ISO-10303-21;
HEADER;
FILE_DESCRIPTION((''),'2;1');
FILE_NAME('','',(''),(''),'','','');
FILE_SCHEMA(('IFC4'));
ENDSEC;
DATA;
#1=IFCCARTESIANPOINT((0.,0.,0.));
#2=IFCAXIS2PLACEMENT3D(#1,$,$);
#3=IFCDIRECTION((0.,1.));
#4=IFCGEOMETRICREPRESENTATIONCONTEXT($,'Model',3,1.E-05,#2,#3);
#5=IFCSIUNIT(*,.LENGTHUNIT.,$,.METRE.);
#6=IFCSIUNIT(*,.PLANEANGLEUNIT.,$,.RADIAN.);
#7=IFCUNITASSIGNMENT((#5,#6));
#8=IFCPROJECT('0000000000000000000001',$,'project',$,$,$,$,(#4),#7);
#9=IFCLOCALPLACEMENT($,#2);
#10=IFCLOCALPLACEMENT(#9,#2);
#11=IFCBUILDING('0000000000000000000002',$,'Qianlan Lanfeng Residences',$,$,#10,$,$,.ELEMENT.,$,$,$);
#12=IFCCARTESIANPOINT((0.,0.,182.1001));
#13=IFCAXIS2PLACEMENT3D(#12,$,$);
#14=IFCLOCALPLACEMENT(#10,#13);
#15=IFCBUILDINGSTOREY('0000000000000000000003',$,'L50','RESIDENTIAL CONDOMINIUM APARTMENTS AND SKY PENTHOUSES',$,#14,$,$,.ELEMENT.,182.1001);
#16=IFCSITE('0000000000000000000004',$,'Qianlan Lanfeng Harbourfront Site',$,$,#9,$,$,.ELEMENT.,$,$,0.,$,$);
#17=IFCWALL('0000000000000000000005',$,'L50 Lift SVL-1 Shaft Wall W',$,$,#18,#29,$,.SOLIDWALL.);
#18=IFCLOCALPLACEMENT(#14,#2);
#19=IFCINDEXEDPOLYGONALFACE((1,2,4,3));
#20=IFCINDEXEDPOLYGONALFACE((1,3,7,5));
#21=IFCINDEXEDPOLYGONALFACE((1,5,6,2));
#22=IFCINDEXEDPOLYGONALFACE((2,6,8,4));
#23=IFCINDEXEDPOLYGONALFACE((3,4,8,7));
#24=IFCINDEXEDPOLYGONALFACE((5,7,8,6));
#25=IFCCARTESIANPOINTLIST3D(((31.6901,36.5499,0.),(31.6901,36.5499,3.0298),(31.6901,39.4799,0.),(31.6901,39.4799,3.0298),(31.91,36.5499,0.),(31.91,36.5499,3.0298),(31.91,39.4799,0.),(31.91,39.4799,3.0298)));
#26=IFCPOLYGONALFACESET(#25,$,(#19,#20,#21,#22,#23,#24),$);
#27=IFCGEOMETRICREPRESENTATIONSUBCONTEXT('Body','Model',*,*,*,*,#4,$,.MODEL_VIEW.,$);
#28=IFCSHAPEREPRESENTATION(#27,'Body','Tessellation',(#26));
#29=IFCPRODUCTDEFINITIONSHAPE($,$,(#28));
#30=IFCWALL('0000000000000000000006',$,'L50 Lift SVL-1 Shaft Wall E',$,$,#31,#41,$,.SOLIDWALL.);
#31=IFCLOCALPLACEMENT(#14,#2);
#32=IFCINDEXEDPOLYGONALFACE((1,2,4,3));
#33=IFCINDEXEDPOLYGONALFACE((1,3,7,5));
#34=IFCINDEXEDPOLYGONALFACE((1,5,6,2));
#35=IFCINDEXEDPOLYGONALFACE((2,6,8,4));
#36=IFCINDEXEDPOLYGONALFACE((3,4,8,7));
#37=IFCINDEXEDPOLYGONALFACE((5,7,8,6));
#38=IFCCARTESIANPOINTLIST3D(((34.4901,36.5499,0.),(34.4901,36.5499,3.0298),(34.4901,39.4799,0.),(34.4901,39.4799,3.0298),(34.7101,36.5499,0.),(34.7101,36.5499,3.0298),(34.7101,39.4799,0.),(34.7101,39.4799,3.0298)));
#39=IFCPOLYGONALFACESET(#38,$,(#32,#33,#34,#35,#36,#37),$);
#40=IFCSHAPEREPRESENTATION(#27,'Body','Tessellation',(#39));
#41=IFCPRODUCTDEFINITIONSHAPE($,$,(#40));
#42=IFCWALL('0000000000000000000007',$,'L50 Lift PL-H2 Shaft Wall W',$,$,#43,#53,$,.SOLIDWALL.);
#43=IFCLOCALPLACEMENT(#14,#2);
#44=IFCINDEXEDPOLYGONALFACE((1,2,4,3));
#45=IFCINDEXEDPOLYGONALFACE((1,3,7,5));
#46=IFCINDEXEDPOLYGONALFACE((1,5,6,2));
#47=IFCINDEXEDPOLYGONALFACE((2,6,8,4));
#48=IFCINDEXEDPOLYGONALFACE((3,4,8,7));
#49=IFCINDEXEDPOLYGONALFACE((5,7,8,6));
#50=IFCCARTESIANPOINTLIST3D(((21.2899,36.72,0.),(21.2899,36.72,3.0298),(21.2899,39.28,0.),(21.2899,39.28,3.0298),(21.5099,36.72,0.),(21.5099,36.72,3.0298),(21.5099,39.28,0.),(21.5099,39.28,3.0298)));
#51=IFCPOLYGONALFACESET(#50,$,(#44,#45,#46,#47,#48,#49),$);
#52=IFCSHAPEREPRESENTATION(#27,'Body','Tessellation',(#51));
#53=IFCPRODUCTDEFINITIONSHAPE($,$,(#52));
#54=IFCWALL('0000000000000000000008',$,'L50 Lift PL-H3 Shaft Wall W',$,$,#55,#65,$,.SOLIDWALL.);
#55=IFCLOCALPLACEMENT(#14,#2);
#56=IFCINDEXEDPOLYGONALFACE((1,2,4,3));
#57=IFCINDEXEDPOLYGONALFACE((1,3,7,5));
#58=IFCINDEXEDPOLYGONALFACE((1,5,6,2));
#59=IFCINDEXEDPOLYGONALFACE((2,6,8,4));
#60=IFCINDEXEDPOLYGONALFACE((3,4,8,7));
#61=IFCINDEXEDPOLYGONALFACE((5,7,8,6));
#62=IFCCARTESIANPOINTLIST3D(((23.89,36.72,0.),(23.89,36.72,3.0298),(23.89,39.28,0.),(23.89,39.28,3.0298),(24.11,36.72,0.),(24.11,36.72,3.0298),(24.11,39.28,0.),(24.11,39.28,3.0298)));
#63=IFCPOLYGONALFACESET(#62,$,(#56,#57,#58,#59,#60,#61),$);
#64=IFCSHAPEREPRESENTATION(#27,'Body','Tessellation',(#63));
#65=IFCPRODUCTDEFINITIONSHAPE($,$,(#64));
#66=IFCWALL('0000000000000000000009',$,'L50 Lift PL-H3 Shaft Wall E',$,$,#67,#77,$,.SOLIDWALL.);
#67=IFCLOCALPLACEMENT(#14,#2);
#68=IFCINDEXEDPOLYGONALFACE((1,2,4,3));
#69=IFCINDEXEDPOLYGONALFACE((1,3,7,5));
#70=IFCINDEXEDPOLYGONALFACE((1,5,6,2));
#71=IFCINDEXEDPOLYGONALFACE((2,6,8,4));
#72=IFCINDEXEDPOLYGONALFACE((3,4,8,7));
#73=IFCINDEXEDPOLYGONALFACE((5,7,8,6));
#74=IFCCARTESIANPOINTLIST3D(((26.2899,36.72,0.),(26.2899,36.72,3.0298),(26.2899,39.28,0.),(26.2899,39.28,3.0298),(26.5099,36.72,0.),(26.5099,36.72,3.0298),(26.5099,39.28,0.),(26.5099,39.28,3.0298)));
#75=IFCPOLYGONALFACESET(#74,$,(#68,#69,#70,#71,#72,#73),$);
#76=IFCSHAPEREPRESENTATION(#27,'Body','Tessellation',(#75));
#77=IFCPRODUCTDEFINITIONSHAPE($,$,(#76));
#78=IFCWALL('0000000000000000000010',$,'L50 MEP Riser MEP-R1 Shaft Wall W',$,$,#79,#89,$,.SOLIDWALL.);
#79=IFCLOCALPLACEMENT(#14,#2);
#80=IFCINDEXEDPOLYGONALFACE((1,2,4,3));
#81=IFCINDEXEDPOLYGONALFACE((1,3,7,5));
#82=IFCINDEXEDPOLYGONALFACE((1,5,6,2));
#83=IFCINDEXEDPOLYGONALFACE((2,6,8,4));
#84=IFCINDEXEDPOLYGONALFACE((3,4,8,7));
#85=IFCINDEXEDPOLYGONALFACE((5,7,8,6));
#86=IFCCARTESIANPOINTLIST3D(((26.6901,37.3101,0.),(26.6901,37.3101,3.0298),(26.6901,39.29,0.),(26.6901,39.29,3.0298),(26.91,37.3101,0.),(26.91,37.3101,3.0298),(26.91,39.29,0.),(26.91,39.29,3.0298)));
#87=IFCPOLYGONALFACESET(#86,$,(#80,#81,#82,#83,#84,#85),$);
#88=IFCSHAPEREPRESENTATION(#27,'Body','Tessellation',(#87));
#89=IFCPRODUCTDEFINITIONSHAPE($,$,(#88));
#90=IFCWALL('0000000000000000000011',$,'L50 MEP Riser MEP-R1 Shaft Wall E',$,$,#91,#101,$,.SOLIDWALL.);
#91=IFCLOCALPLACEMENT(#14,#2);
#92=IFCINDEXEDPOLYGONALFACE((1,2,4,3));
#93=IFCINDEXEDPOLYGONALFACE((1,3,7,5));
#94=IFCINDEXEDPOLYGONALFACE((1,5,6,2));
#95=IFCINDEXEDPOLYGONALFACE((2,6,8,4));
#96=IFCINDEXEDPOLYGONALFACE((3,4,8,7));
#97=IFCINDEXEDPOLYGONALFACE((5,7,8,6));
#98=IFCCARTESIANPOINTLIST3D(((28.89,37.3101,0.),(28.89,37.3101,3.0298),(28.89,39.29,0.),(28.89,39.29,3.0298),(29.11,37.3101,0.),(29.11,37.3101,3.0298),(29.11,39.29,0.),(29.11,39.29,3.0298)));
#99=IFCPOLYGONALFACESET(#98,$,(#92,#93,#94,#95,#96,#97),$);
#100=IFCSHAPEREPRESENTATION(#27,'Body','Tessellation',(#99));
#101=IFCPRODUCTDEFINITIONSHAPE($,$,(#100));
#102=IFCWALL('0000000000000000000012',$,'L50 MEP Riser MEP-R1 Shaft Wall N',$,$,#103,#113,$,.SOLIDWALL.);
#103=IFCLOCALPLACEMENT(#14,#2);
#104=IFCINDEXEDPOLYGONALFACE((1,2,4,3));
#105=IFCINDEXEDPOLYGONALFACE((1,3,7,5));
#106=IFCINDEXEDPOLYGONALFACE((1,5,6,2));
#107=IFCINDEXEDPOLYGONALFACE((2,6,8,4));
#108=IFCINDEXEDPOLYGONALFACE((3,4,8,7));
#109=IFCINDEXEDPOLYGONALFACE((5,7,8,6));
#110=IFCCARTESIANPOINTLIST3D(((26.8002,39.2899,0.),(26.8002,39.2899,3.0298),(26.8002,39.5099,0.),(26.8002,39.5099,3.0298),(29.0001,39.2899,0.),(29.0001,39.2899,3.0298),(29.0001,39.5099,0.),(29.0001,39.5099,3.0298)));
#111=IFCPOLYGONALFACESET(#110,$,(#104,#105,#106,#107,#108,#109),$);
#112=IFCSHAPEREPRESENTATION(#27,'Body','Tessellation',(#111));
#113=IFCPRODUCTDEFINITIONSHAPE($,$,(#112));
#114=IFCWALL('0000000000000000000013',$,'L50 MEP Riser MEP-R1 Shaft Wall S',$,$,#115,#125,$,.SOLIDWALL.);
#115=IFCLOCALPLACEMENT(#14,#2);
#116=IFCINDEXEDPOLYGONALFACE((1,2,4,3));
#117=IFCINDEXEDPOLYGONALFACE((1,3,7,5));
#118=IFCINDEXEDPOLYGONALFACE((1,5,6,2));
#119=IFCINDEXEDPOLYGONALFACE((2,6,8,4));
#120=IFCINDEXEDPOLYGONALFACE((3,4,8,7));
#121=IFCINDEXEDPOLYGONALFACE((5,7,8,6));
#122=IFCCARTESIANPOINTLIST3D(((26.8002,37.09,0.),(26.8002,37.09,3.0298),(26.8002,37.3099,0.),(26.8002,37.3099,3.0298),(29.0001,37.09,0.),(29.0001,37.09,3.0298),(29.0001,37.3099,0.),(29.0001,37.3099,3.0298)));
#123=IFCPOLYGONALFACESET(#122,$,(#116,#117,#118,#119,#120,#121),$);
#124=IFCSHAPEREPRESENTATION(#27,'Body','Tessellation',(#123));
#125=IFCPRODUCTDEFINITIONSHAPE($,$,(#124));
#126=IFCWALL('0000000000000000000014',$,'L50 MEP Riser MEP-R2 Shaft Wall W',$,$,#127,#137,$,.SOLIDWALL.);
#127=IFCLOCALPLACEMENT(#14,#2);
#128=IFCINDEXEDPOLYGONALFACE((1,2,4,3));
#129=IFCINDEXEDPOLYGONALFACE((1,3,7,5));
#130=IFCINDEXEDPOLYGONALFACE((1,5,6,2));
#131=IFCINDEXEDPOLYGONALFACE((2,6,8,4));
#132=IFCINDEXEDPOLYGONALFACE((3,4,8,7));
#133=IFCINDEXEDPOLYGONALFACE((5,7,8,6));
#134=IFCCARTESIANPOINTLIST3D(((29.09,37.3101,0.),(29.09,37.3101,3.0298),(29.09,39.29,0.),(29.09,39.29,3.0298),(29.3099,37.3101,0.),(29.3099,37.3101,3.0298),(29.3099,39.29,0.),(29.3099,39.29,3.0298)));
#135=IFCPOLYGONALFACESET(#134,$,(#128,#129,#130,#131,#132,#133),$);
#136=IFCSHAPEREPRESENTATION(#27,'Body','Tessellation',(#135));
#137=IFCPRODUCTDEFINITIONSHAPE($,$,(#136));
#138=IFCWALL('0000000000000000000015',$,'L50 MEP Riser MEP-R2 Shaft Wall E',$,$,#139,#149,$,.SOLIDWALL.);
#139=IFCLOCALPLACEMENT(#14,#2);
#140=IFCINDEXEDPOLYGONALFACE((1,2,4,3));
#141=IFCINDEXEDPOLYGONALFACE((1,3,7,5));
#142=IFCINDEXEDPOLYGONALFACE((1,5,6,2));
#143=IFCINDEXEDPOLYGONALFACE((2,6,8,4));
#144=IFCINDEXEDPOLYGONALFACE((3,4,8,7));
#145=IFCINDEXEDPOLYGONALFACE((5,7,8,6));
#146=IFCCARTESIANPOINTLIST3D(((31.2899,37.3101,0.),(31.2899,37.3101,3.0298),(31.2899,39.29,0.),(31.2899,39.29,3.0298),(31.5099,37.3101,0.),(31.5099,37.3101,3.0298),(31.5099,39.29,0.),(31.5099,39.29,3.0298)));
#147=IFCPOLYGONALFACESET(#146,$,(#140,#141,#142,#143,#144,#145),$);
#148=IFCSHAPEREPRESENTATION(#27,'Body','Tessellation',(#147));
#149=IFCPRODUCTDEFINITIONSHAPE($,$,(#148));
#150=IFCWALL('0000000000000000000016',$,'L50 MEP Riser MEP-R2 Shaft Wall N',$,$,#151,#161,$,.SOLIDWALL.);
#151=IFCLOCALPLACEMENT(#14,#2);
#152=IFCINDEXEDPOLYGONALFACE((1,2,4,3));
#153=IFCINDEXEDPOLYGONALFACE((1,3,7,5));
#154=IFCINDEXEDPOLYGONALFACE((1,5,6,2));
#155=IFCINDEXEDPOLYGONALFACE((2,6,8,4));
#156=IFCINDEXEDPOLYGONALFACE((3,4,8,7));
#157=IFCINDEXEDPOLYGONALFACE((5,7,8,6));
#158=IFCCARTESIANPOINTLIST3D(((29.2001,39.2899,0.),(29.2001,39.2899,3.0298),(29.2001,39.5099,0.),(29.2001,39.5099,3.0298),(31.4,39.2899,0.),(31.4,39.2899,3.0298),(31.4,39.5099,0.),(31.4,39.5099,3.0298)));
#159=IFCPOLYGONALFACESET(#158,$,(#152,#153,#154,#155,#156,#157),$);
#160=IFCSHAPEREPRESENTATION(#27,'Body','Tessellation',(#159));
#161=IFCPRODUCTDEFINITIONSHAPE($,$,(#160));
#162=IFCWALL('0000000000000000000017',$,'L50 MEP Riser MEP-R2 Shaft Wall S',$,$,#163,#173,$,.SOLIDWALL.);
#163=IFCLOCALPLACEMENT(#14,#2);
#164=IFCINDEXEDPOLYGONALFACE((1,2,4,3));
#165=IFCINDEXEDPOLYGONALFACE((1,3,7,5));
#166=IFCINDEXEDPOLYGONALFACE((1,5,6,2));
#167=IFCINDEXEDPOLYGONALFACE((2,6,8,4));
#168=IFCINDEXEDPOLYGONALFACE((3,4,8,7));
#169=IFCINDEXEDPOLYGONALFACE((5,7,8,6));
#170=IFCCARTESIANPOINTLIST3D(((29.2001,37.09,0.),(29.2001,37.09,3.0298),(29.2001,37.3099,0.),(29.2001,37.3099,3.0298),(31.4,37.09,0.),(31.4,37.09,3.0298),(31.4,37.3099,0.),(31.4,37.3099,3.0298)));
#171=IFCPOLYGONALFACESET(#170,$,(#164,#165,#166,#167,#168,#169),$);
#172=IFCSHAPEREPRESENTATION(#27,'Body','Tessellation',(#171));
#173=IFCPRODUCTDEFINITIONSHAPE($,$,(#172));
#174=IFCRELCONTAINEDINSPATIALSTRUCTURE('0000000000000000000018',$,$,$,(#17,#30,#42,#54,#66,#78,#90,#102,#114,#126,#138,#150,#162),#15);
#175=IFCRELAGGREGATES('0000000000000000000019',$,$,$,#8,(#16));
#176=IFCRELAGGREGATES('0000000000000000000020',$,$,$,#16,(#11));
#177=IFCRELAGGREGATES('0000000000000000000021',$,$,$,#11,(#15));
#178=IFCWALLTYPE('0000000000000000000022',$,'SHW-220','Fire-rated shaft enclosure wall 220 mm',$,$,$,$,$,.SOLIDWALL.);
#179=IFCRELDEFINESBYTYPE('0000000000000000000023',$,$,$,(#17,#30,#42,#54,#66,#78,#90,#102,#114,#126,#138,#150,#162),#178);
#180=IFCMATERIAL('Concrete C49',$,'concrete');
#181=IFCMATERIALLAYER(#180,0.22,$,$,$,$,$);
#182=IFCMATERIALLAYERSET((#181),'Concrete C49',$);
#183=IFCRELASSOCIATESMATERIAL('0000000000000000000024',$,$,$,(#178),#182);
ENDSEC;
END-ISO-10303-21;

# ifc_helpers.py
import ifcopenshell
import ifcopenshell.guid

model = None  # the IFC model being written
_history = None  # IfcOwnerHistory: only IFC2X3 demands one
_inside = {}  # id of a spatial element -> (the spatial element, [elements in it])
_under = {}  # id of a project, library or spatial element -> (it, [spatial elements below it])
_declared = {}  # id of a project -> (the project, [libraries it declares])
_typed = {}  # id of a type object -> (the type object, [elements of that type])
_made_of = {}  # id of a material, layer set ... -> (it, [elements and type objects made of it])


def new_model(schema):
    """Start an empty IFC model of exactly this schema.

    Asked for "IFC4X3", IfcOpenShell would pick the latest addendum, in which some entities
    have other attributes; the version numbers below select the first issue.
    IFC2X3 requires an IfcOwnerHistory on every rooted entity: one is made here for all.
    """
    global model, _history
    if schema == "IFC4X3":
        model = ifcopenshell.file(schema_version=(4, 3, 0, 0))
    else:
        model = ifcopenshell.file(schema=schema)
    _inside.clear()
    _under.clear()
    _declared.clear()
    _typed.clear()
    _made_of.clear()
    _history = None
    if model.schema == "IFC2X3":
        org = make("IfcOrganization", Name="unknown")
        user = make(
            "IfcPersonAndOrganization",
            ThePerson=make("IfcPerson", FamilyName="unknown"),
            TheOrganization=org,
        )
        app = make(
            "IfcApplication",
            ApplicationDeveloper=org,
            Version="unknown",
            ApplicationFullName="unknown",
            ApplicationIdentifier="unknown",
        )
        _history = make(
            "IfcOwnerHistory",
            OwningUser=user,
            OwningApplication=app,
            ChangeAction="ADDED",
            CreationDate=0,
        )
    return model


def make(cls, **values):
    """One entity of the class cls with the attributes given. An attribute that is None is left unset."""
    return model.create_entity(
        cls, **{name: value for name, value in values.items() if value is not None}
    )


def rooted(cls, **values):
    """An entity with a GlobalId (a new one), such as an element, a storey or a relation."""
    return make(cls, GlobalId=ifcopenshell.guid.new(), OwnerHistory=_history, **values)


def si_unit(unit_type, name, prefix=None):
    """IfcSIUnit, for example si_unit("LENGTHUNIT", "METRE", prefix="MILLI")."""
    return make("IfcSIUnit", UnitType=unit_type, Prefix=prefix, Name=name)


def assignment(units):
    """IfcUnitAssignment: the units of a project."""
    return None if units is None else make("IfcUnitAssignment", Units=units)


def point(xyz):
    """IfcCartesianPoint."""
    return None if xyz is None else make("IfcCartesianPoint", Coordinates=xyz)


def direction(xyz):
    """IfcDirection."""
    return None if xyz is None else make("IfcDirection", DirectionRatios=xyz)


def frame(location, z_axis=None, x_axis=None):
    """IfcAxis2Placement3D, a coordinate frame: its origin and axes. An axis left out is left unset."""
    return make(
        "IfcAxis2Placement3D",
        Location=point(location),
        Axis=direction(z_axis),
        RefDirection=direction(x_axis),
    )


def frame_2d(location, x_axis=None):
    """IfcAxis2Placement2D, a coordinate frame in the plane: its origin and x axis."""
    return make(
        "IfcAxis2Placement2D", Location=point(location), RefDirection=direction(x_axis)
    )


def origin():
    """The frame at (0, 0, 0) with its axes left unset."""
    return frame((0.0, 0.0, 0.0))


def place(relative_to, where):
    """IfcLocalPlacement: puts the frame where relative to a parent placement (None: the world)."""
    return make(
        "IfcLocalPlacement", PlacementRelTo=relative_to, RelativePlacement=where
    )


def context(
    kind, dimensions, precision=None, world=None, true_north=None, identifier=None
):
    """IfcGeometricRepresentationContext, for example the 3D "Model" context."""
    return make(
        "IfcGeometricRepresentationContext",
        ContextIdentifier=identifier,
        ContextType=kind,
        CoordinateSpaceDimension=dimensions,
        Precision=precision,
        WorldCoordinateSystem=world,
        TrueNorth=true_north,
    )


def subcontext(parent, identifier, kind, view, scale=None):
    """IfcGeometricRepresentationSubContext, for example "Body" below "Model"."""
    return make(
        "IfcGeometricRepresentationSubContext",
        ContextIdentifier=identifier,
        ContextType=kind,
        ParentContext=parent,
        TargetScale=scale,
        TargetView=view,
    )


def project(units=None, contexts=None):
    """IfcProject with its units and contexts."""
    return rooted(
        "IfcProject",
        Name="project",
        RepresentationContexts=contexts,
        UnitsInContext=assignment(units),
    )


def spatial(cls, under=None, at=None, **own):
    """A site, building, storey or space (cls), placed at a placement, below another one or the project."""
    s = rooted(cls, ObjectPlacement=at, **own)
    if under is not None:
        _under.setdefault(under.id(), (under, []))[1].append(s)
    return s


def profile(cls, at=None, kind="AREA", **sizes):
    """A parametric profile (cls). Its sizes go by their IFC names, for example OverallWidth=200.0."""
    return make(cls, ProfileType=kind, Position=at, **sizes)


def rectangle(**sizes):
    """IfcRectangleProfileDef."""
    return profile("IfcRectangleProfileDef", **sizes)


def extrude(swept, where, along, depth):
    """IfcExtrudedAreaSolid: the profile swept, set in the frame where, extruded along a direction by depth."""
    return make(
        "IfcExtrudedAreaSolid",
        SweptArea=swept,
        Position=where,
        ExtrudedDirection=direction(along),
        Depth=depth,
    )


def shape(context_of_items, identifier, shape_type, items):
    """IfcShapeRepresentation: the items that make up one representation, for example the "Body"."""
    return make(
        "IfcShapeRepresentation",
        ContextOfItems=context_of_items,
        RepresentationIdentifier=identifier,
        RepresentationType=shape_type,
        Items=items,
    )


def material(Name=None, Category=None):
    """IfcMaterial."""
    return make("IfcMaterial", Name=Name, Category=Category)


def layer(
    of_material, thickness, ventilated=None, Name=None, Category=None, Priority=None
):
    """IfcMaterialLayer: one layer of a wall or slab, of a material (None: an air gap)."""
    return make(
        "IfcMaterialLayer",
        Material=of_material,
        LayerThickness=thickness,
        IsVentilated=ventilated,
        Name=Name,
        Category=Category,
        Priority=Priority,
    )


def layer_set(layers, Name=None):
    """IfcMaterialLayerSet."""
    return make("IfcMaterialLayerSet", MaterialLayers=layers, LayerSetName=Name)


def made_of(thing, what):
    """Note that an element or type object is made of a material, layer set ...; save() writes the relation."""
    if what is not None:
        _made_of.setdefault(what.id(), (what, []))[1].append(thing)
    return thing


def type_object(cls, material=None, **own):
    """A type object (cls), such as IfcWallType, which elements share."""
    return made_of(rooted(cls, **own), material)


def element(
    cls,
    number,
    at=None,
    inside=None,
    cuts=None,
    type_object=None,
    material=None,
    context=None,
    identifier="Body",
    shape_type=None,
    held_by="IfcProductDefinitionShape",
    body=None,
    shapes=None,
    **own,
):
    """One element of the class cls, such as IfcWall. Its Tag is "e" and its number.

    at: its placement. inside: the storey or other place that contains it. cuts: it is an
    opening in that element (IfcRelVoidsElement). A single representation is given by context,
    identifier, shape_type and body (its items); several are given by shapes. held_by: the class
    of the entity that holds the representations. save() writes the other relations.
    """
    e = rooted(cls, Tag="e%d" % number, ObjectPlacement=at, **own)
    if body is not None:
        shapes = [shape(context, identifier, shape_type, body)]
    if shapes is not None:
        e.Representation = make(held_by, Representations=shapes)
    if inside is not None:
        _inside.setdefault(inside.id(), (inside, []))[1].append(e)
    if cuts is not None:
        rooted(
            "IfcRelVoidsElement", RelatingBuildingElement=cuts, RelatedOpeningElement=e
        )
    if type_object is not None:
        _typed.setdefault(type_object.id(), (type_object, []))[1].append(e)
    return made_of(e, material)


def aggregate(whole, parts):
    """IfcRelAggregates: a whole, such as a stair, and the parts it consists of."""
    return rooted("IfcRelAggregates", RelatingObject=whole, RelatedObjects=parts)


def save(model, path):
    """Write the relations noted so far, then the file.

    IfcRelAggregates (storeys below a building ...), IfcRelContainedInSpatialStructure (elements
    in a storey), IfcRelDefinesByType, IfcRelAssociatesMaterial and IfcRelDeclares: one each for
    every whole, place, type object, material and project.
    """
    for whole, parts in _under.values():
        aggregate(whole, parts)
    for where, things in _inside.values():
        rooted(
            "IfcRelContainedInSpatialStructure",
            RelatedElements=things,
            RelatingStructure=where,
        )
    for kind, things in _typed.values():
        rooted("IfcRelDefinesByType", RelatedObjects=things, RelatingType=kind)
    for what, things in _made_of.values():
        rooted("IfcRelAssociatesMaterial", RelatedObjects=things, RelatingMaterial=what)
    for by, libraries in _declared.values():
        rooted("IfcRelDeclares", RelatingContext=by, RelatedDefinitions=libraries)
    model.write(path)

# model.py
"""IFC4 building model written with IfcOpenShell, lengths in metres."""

from ifc_helpers import new_model, si_unit, direction, frame, frame_2d, origin, place, context, subcontext, project, spatial, rectangle, extrude, material, layer, layer_set, type_object, element, save


model = new_model("IFC4")

# Units and contexts
model_context = context("Model", 3, precision=1e-05, world=origin(), true_north=direction((0.0, 1.0)))
body_context = subcontext(model_context, "Body", "Model", "MODEL_VIEW")
ifc_project = project(units=[si_unit("LENGTHUNIT", "METRE"), si_unit("PLANEANGLEUNIT", "RADIAN")], contexts=[model_context])

# Site, building, storey
site_placement = place(None, origin())
site = spatial("IfcSite", under=ifc_project, at=site_placement, Name="Qianlan Lanfeng Harbourfront Site", CompositionType="ELEMENT", RefElevation=0.0)
building_placement = place(site_placement, origin())
building = spatial("IfcBuilding", under=site, at=building_placement, Name="Qianlan Lanfeng Residences", CompositionType="ELEMENT")
storey_placement = place(building_placement, frame((0.0, 0.0, 182.1001)))
storey = spatial("IfcBuildingStorey", under=building, at=storey_placement, Name="L50", Description="RESIDENTIAL CONDOMINIUM APARTMENTS AND SKY PENTHOUSES", CompositionType="ELEMENT", Elevation=182.1001)

# Walls
ifc_material_1 = material(Name="Concrete C49", Category="concrete")
ifc_layer_1 = layer(ifc_material_1, 0.22)
ifc_layer_set_1 = layer_set([ifc_layer_1], Name="Concrete C49")
wall_type_1 = type_object("IfcWallType", Name="SHW-220", Description="Fire-rated shaft enclosure wall 220 mm", PredefinedType="SOLIDWALL", material=ifc_layer_set_1)
for number, where, z_axis, x_axis, name in (
    (1, (31.8, 36.55, 0.0), (0.0, 0.0, 1.0), (0.0, 1.0, 0.0), "L50 Lift SVL-1 Shaft Wall W"),
    (2, (34.6001, 36.55, 0.0), (0.0, 0.0, 1.0), (0.0, 1.0, 0.0), "L50 Lift SVL-1 Shaft Wall E"),
):
    element("IfcWall", number, at=place(storey_placement, frame(where, z_axis=z_axis, x_axis=x_axis)), inside=storey, type_object=wall_type_1, Name=name, PredefinedType="SOLIDWALL", context=body_context, shape_type="SweptSolid", body=[
        extrude(rectangle(XDim=2.9299, YDim=0.22, at=frame_2d((1.4648, 0.0))), origin(), (0.0, 0.0, 1.0), 3.0298),
    ])
for number, where, z_axis, x_axis, name in (
    (3, (21.3999, 36.72, 0.0), (0.0, 0.0, 1.0), (0.0, 1.0, 0.0), "L50 Lift PL-H2 Shaft Wall W"),
    (4, (24.0, 36.72, 0.0), (0.0, 0.0, 1.0), (0.0, 1.0, 0.0), "L50 Lift PL-H3 Shaft Wall W"),
    (5, (26.3999, 36.72, 0.0), (0.0, 0.0, 1.0), (0.0, 1.0, 0.0), "L50 Lift PL-H3 Shaft Wall E"),
):
    element("IfcWall", number, at=place(storey_placement, frame(where, z_axis=z_axis, x_axis=x_axis)), inside=storey, type_object=wall_type_1, Name=name, PredefinedType="SOLIDWALL", context=body_context, shape_type="SweptSolid", body=[
        extrude(rectangle(XDim=2.5601, YDim=0.22, at=frame_2d((1.28, 0.0))), origin(), (0.0, 0.0, 1.0), 3.0298),
    ])
for number, where, z_axis, x_axis, name in (
    (6, (26.8, 37.3101, 0.0), (0.0, 0.0, 1.0), (0.0, 1.0, 0.0), "L50 MEP Riser MEP-R1 Shaft Wall W"),
    (7, (29.0, 37.3101, 0.0), (0.0, 0.0, 1.0), (0.0, 1.0, 0.0), "L50 MEP Riser MEP-R1 Shaft Wall E"),
):
    element("IfcWall", number, at=place(storey_placement, frame(where, z_axis=z_axis, x_axis=x_axis)), inside=storey, type_object=wall_type_1, Name=name, PredefinedType="SOLIDWALL", context=body_context, shape_type="SweptSolid", body=[
        extrude(rectangle(XDim=1.98, YDim=0.22, at=frame_2d((0.99, 0.0))), origin(), (0.0, 0.0, 1.0), 3.0298),
    ])
for number, where, z_axis, x_axis, name in (
    (8, (26.8, 39.3999, 0.0), (0.0, 0.0, 1.0), (1.0, 0.0, 0.0), "L50 MEP Riser MEP-R1 Shaft Wall N"),
    (9, (26.8, 37.2, 0.0), (0.0, 0.0, 1.0), (1.0, 0.0, 0.0), "L50 MEP Riser MEP-R1 Shaft Wall S"),
):
    element("IfcWall", number, at=place(storey_placement, frame(where, z_axis=z_axis, x_axis=x_axis)), inside=storey, type_object=wall_type_1, Name=name, PredefinedType="SOLIDWALL", context=body_context, shape_type="SweptSolid", body=[
        extrude(rectangle(XDim=2.2, YDim=0.22, at=frame_2d((1.1001, 0.0))), origin(), (0.0, 0.0, 1.0), 3.0298),
    ])
for number, where, z_axis, x_axis, name in (
    (10, (29.2, 37.3101, 0.0), (0.0, 0.0, 1.0), (0.0, 1.0, 0.0), "L50 MEP Riser MEP-R2 Shaft Wall W"),
    (11, (31.3999, 37.3101, 0.0), (0.0, 0.0, 1.0), (0.0, 1.0, 0.0), "L50 MEP Riser MEP-R2 Shaft Wall E"),
):
    element("IfcWall", number, at=place(storey_placement, frame(where, z_axis=z_axis, x_axis=x_axis)), inside=storey, type_object=wall_type_1, Name=name, PredefinedType="SOLIDWALL", context=body_context, shape_type="SweptSolid", body=[
        extrude(rectangle(XDim=1.98, YDim=0.22, at=frame_2d((0.99, 0.0))), origin(), (0.0, 0.0, 1.0), 3.0298),
    ])
for number, where, z_axis, x_axis, name in (
    (12, (29.2, 39.3999, 0.0), (0.0, 0.0, 1.0), (1.0, 0.0, 0.0), "L50 MEP Riser MEP-R2 Shaft Wall N"),
    (13, (29.2, 37.2, 0.0), (0.0, 0.0, 1.0), (1.0, 0.0, 0.0), "L50 MEP Riser MEP-R2 Shaft Wall S"),
):
    element("IfcWall", number, at=place(storey_placement, frame(where, z_axis=z_axis, x_axis=x_axis)), inside=storey, type_object=wall_type_1, Name=name, PredefinedType="SOLIDWALL", context=body_context, shape_type="SweptSolid", body=[
        extrude(rectangle(XDim=2.2, YDim=0.22, at=frame_2d((1.1001, 0.0))), origin(), (0.0, 0.0, 1.0), 3.0298),
    ])

save(model, "model.ifc")
